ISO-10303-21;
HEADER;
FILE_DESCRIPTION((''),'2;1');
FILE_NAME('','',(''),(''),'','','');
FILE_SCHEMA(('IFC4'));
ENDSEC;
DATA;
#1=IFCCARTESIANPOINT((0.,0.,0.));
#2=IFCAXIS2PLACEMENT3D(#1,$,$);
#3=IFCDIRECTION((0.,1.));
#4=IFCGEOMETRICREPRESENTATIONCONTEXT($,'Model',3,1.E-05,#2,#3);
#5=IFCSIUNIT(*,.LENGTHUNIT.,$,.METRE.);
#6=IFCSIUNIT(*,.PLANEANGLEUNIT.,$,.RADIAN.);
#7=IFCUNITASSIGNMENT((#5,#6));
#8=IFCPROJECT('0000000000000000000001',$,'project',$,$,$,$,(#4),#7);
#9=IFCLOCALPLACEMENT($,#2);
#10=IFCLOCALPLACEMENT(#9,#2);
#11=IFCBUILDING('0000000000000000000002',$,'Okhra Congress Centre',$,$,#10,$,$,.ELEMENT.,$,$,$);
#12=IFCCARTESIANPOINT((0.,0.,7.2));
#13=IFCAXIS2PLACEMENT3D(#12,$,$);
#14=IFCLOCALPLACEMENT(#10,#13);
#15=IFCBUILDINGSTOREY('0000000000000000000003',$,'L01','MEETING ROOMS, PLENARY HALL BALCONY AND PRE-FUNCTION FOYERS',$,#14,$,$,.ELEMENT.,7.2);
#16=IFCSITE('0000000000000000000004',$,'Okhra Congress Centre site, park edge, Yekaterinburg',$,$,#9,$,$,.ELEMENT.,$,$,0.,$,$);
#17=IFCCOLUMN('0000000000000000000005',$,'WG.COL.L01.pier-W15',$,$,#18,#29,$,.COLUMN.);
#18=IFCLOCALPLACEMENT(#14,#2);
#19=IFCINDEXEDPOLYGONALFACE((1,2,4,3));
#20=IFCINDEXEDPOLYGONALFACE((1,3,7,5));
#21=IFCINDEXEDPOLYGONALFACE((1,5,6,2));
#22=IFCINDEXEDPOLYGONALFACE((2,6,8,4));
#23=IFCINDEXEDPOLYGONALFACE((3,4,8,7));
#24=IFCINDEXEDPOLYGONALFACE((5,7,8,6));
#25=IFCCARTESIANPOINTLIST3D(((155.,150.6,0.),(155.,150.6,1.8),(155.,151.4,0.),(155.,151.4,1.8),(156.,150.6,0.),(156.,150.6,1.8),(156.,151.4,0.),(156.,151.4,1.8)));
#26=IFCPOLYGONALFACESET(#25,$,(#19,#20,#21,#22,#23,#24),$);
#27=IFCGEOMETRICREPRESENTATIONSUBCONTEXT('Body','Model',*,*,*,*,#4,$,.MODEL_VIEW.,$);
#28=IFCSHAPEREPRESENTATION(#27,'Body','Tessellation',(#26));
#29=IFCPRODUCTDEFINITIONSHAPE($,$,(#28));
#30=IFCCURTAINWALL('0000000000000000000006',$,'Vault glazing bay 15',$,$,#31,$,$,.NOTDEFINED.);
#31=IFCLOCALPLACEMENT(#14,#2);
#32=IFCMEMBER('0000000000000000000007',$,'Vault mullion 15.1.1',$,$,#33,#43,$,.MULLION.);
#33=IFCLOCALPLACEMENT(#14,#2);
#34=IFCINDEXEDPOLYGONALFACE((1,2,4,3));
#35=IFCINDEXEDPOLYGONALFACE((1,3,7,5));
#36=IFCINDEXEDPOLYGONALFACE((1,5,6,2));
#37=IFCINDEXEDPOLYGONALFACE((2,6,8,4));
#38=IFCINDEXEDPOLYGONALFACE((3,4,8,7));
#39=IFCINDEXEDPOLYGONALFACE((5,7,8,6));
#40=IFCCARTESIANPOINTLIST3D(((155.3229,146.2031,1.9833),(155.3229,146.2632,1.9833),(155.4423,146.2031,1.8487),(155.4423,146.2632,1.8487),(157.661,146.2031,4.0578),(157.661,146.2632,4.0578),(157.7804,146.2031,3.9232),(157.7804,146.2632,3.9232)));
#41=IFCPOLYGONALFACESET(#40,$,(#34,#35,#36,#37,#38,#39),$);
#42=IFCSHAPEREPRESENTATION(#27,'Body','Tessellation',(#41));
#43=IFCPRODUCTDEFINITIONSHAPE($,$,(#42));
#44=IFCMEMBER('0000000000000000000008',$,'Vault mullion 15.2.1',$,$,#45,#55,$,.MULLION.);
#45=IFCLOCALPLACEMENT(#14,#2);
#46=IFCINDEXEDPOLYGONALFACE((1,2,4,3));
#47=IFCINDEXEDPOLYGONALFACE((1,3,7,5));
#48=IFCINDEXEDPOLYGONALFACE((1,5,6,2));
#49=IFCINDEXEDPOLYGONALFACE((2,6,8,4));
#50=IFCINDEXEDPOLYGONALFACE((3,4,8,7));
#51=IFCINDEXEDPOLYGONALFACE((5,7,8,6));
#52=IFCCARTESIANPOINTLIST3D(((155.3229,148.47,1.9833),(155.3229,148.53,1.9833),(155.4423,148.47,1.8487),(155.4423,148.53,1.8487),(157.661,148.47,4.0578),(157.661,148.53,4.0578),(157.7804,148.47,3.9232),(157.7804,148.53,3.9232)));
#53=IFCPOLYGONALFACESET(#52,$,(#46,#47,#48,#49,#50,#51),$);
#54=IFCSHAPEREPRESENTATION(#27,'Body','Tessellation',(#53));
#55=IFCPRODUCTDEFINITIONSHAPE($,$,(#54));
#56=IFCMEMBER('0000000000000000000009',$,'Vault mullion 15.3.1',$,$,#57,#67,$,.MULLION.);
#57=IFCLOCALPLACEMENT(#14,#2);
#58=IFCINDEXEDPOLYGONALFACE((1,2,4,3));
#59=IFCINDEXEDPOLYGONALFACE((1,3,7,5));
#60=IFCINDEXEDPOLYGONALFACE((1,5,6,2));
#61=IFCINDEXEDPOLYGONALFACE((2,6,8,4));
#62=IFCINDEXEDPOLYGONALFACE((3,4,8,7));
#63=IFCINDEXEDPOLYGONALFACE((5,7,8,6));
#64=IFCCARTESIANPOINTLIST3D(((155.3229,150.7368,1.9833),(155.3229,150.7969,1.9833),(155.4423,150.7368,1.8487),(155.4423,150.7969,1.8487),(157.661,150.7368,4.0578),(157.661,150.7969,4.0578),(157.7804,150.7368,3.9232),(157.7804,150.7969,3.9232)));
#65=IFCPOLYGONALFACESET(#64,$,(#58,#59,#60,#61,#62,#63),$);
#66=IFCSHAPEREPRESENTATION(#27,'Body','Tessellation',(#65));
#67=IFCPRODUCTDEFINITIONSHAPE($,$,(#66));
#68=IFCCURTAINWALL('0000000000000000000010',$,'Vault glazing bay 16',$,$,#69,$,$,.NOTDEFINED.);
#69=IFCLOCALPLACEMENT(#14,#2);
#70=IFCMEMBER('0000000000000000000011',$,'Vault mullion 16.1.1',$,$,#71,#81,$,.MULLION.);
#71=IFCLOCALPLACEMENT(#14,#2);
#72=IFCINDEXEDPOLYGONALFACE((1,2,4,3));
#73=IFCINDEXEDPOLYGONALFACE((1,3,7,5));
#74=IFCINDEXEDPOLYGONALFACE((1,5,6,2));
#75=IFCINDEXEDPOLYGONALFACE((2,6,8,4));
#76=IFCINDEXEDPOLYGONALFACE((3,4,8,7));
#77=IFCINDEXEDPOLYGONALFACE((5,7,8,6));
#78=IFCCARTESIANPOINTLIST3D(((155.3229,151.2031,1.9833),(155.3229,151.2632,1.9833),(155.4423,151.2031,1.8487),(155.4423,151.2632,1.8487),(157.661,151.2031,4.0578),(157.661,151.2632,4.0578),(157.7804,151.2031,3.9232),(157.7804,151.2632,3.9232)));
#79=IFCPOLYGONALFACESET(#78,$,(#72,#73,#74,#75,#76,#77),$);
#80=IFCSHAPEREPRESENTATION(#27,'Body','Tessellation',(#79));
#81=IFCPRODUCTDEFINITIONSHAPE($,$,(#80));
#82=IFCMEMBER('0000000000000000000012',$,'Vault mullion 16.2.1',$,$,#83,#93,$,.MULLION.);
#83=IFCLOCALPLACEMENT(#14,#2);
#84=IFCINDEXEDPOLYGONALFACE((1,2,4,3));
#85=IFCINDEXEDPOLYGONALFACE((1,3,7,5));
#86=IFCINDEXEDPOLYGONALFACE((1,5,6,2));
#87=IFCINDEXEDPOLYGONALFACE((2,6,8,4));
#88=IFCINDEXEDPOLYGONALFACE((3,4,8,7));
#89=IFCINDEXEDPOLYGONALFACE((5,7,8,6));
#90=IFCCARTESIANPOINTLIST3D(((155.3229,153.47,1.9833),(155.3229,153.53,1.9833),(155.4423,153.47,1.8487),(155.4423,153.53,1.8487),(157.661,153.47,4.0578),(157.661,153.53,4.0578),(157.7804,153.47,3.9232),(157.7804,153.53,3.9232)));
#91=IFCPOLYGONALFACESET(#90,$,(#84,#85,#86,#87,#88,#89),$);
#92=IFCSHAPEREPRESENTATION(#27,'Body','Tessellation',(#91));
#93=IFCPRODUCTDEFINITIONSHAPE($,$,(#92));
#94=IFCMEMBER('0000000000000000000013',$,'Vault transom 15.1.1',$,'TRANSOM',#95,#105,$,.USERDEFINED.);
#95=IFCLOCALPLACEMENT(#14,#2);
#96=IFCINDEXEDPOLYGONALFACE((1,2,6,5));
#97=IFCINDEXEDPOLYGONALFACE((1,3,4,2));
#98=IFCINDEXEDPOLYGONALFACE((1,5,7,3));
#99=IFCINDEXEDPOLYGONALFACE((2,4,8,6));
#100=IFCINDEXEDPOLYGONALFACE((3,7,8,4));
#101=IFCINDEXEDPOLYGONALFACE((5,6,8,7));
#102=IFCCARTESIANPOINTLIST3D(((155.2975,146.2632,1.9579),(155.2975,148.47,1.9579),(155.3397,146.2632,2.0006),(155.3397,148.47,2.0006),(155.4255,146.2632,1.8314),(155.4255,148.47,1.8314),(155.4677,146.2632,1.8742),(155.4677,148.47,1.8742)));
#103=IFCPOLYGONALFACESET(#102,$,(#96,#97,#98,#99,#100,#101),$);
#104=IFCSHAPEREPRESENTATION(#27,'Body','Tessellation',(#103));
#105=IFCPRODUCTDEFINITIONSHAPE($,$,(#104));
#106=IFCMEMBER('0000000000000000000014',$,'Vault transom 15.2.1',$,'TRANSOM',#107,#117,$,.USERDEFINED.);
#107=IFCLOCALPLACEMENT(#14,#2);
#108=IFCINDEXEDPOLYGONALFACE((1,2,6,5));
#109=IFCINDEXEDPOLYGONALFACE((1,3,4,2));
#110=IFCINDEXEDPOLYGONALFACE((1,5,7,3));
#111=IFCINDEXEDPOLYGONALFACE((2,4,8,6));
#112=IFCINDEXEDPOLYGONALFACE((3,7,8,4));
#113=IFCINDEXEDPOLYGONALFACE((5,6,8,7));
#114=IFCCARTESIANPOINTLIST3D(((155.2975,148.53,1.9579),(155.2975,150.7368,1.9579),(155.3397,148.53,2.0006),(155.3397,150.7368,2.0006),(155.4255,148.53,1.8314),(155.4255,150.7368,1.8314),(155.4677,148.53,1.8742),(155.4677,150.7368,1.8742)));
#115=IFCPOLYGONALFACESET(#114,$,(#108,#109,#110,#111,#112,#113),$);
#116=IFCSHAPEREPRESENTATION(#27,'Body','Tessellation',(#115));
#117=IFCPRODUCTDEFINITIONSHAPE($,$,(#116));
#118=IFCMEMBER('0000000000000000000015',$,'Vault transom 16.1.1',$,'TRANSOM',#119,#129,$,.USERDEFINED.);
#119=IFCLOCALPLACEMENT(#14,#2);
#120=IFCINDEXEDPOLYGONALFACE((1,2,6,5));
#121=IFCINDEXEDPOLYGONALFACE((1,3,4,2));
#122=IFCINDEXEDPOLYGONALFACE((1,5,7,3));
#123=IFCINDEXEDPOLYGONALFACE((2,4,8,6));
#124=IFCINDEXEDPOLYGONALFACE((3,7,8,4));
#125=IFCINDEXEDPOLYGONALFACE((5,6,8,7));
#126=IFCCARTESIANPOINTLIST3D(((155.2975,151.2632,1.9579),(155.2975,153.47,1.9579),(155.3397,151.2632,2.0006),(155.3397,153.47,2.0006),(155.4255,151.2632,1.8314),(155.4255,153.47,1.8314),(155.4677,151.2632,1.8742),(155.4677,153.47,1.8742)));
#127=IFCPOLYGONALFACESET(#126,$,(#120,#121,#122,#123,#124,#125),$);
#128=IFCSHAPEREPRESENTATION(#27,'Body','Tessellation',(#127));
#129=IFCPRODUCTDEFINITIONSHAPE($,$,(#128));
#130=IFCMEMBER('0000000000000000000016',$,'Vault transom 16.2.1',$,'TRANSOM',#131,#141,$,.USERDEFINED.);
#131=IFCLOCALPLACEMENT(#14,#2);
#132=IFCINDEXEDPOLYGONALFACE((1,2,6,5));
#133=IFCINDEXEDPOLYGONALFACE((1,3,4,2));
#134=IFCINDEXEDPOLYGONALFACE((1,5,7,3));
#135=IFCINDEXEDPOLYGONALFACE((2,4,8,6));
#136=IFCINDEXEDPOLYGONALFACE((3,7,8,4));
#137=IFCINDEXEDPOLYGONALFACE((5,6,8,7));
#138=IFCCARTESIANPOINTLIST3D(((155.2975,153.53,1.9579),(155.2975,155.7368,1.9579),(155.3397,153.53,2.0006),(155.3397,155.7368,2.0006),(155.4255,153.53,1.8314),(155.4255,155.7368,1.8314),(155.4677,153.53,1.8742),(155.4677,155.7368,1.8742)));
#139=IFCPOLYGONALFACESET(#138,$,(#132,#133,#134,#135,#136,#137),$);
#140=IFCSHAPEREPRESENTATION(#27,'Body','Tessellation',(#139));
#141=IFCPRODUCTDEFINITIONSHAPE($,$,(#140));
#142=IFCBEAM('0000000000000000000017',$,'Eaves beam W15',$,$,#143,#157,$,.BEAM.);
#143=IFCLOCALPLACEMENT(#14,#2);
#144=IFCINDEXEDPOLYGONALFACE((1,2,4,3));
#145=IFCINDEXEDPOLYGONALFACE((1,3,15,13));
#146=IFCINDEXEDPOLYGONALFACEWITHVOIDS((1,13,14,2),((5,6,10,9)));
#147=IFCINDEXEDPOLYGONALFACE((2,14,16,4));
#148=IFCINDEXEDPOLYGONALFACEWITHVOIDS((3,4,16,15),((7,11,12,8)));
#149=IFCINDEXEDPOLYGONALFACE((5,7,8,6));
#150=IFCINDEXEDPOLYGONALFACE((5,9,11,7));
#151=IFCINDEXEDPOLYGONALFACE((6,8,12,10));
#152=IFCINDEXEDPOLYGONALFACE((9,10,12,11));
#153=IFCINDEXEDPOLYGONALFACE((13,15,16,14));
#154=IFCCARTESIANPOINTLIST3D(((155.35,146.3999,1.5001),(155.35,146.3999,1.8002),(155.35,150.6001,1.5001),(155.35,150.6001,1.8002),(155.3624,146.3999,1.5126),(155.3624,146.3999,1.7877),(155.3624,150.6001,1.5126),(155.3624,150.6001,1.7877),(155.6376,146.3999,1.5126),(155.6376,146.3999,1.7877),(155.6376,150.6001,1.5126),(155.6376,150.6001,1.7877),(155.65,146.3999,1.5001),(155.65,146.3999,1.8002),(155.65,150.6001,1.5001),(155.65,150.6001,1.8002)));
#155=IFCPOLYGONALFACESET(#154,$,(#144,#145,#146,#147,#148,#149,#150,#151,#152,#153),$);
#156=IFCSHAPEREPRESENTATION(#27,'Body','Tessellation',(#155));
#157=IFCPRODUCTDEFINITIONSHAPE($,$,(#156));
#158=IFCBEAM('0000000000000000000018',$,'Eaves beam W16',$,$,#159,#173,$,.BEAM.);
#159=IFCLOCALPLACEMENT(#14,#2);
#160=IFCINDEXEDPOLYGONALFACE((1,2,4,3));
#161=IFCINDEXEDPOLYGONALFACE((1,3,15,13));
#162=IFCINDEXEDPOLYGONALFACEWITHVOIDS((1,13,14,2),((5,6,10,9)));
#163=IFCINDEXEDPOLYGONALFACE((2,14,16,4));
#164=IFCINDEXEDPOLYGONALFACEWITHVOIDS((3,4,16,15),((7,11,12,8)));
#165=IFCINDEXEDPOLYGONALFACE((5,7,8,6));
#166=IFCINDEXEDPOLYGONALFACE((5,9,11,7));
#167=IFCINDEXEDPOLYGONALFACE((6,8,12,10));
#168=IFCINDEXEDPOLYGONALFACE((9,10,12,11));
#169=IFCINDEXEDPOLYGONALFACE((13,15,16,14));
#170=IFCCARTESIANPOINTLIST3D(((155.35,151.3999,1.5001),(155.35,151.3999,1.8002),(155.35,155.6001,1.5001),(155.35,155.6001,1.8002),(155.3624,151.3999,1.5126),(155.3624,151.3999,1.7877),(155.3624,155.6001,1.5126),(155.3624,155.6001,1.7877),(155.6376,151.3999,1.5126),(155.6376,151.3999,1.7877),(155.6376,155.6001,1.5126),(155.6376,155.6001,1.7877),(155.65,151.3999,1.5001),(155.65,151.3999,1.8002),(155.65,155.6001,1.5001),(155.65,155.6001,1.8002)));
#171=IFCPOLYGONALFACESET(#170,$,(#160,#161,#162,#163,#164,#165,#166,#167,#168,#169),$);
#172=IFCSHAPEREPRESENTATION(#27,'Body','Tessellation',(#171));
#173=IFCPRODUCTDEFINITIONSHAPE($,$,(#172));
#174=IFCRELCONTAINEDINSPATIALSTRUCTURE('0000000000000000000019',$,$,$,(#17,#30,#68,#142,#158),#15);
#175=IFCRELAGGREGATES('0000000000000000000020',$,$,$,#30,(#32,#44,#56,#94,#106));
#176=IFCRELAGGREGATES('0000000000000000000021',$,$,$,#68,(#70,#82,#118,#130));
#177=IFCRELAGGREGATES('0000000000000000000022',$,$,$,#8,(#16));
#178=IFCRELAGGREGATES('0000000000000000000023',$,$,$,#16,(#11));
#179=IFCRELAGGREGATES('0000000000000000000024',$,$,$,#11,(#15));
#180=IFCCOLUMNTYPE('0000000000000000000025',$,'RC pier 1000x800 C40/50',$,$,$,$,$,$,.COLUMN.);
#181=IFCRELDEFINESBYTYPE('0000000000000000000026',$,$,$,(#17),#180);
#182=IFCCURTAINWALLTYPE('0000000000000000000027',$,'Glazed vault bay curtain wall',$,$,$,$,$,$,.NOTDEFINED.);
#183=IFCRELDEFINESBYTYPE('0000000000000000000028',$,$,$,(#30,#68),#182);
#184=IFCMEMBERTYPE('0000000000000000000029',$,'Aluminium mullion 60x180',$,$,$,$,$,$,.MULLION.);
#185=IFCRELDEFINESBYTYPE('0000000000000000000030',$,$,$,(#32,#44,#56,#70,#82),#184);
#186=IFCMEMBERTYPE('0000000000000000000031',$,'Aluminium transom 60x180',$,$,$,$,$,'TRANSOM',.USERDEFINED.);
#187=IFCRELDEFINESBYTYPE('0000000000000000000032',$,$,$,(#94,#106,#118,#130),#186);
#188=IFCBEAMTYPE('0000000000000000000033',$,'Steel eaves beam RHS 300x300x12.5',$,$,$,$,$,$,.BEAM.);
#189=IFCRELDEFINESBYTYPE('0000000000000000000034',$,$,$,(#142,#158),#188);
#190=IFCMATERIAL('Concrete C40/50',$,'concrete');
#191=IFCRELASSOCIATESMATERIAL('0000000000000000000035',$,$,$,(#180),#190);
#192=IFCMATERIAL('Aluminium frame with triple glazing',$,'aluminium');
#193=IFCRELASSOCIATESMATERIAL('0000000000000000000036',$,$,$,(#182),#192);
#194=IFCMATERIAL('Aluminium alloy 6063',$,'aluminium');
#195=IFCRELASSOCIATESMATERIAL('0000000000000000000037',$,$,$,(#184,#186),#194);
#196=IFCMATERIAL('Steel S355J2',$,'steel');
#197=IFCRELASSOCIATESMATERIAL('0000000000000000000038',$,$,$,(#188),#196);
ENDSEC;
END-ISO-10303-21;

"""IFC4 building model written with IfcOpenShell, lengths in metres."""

from ifc_helpers import new_model, si_unit, direction, frame, origin, origin_2d, place, context, subcontext, project, spatial, rectangle, hollow_rectangle, extrude, material, material_profile, profile_set, type_object, element, aggregate, save


model = new_model("IFC4")

# Units and contexts
model_context = context("Model", 3, precision=1e-05, world=origin(), true_north=direction((0.0, 1.0)))
body_context = subcontext(model_context, "Body", "Model", "MODEL_VIEW")
ifc_project = project(units=[si_unit("LENGTHUNIT", "METRE"), si_unit("PLANEANGLEUNIT", "RADIAN")], contexts=[model_context])

# Site, building, storey
site_placement = place(None, origin())
site = spatial("IfcSite", under=ifc_project, at=site_placement, Name="Okhra Congress Centre site, park edge, Yekaterinburg", CompositionType="ELEMENT", RefElevation=0.0)
building_placement = place(site_placement, origin())
building = spatial("IfcBuilding", under=site, at=building_placement, Name="Okhra Congress Centre", CompositionType="ELEMENT")
storey_placement = place(building_placement, frame((0.0, 0.0, 7.2)))
storey = spatial("IfcBuildingStorey", under=building, at=storey_placement, Name="L01", Description="MEETING ROOMS, PLENARY HALL BALCONY AND PRE-FUNCTION FOYERS", CompositionType="ELEMENT", Elevation=7.2)

# Column
ifc_material_1 = material(Name="Concrete C40/50", Category="concrete")
ifc_material_profile_1 = material_profile(ifc_material_1, rectangle(XDim=1.0, YDim=0.8, at=origin_2d()), Name="RC 1000x800")
ifc_profile_set_1 = profile_set([ifc_material_profile_1], Name="Concrete C40/50")
column_type = type_object("IfcColumnType", Name="RC pier 1000x800 C40/50", PredefinedType="COLUMN", material=ifc_profile_set_1)
column_placement = place(storey_placement, frame((155.5, 151.0, 0.0), z_axis=(0.0, 0.0, 1.0), x_axis=(1.0, 0.0, 0.0)))
element("IfcColumn", 1, at=column_placement, inside=storey, type_object=column_type, Name="WG.COL.L01.pier-W15", PredefinedType="COLUMN", context=body_context, shape_type="SweptSolid", body=[
    extrude(rectangle(XDim=1.0, YDim=0.8, at=origin_2d()), origin(), (0.0, 0.0, 1.0), 1.8),
])

# Curtain walls, members
ifc_material_2 = material(Name="Aluminium frame with triple glazing", Category="aluminium")
curtain_wall_type = type_object("IfcCurtainWallType", Name="Glazed vault bay curtain wall", PredefinedType="NOTDEFINED", material=ifc_material_2)
curtain_wall_1_placement = place(storey_placement, origin())
curtain_wall_1 = element("IfcCurtainWall", 2, at=curtain_wall_1_placement, inside=storey, type_object=curtain_wall_type, Name="Vault glazing bay 15", PredefinedType="NOTDEFINED")
ifc_material_3 = material(Name="Aluminium alloy 6063", Category="aluminium")
ifc_material_profile_2 = material_profile(ifc_material_3, rectangle(XDim=0.0601, YDim=0.1799, at=origin_2d()), Name="AL 60x180")
ifc_profile_set_2 = profile_set([ifc_material_profile_2], Name="Aluminium alloy 6063")
member_type_1 = type_object("IfcMemberType", Name="Aluminium mullion 60x180", PredefinedType="MULLION", material=ifc_profile_set_2)
member_1_placement = place(storey_placement, frame((155.3826, 146.2332, 1.916), z_axis=(0.748025, 0.0, 0.66367), x_axis=(0.0, 1.0, 0.0)))
member_1 = element("IfcMember", 3, at=member_1_placement, type_object=member_type_1, Name="Vault mullion 15.1.1", PredefinedType="MULLION", context=body_context, shape_type="SweptSolid", body=[
    extrude(rectangle(XDim=0.0601, YDim=0.1799, at=origin_2d()), origin(), (0.0, 0.0, 1.0), 3.1257),
])
member_2_placement = place(storey_placement, frame((155.3826, 148.5, 1.916), z_axis=(0.748025, 0.0, 0.66367), x_axis=(0.0, 1.0, 0.0)))
member_2 = element("IfcMember", 4, at=member_2_placement, type_object=member_type_1, Name="Vault mullion 15.2.1", PredefinedType="MULLION", context=body_context, shape_type="SweptSolid", body=[
    extrude(rectangle(XDim=0.0601, YDim=0.1799, at=origin_2d()), origin(), (0.0, 0.0, 1.0), 3.1257),
])
member_3_placement = place(storey_placement, frame((155.3826, 150.7668, 1.916), z_axis=(0.748025, 0.0, 0.66367), x_axis=(0.0, 1.0, 0.0)))
member_3 = element("IfcMember", 5, at=member_3_placement, type_object=member_type_1, Name="Vault mullion 15.3.1", PredefinedType="MULLION", context=body_context, shape_type="SweptSolid", body=[
    extrude(rectangle(XDim=0.0601, YDim=0.1799, at=origin_2d()), origin(), (0.0, 0.0, 1.0), 3.1257),
])
curtain_wall_2_placement = place(storey_placement, origin())
curtain_wall_2 = element("IfcCurtainWall", 6, at=curtain_wall_2_placement, inside=storey, type_object=curtain_wall_type, Name="Vault glazing bay 16", PredefinedType="NOTDEFINED")
member_4_placement = place(storey_placement, frame((155.3826, 151.2332, 1.916), z_axis=(0.748025, 0.0, 0.66367), x_axis=(0.0, 1.0, 0.0)))
member_4 = element("IfcMember", 7, at=member_4_placement, type_object=member_type_1, Name="Vault mullion 16.1.1", PredefinedType="MULLION", context=body_context, shape_type="SweptSolid", body=[
    extrude(rectangle(XDim=0.0601, YDim=0.1799, at=origin_2d()), origin(), (0.0, 0.0, 1.0), 3.1257),
])
member_5_placement = place(storey_placement, frame((155.3826, 153.5, 1.916), z_axis=(0.748025, 0.0, 0.66367), x_axis=(0.0, 1.0, 0.0)))
member_5 = element("IfcMember", 8, at=member_5_placement, type_object=member_type_1, Name="Vault mullion 16.2.1", PredefinedType="MULLION", context=body_context, shape_type="SweptSolid", body=[
    extrude(rectangle(XDim=0.0601, YDim=0.1799, at=origin_2d()), origin(), (0.0, 0.0, 1.0), 3.1257),
])

# Members
ifc_material_profile_3 = material_profile(ifc_material_3, rectangle(XDim=0.0601, YDim=0.1799, at=origin_2d()), Name="AL 60x180 transom")
ifc_profile_set_3 = profile_set([ifc_material_profile_3], Name="Aluminium alloy 6063")
member_type_2 = type_object("IfcMemberType", Name="Aluminium transom 60x180", ElementType="TRANSOM", PredefinedType="USERDEFINED", material=ifc_profile_set_3)
member_6_placement = place(storey_placement, frame((155.3826, 146.2632, 1.916), z_axis=(0.0, 1.0, 0.0), x_axis=(-0.702636, 0.0, -0.711549)))
member_6 = element("IfcMember", 9, at=member_6_placement, type_object=member_type_2, Name="Vault transom 15.1.1", ObjectType="TRANSOM", PredefinedType="USERDEFINED", context=body_context, shape_type="SweptSolid", body=[
    extrude(rectangle(XDim=0.0601, YDim=0.1799, at=origin_2d()), origin(), (0.0, 0.0, 1.0), 2.2068),
])
member_7_placement = place(storey_placement, frame((155.3826, 148.53, 1.916), z_axis=(0.0, 1.0, 0.0), x_axis=(-0.702636, 0.0, -0.711549)))
member_7 = element("IfcMember", 10, at=member_7_placement, type_object=member_type_2, Name="Vault transom 15.2.1", ObjectType="TRANSOM", PredefinedType="USERDEFINED", context=body_context, shape_type="SweptSolid", body=[
    extrude(rectangle(XDim=0.0601, YDim=0.1799, at=origin_2d()), origin(), (0.0, 0.0, 1.0), 2.2068),
])
member_8_placement = place(storey_placement, frame((155.3826, 151.2632, 1.916), z_axis=(0.0, 1.0, 0.0), x_axis=(-0.702636, 0.0, -0.711549)))
member_8 = element("IfcMember", 11, at=member_8_placement, type_object=member_type_2, Name="Vault transom 16.1.1", ObjectType="TRANSOM", PredefinedType="USERDEFINED", context=body_context, shape_type="SweptSolid", body=[
    extrude(rectangle(XDim=0.0601, YDim=0.1799, at=origin_2d()), origin(), (0.0, 0.0, 1.0), 2.2068),
])
member_9_placement = place(storey_placement, frame((155.3826, 153.53, 1.916), z_axis=(0.0, 1.0, 0.0), x_axis=(-0.702636, 0.0, -0.711549)))
member_9 = element("IfcMember", 12, at=member_9_placement, type_object=member_type_2, Name="Vault transom 16.2.1", ObjectType="TRANSOM", PredefinedType="USERDEFINED", context=body_context, shape_type="SweptSolid", body=[
    extrude(rectangle(XDim=0.0601, YDim=0.1799, at=origin_2d()), origin(), (0.0, 0.0, 1.0), 2.2068),
])

# Beams
ifc_material_4 = material(Name="Steel S355J2", Category="steel")
ifc_material_profile_4 = material_profile(ifc_material_4, hollow_rectangle(XDim=0.3, YDim=0.3, WallThickness=0.0125, at=origin_2d()), Name="RHS 300x300x12.5")
ifc_profile_set_4 = profile_set([ifc_material_profile_4], Name="Steel S355J2")
beam_type = type_object("IfcBeamType", Name="Steel eaves beam RHS 300x300x12.5", PredefinedType="BEAM", material=ifc_profile_set_4)
for number, where, z_axis, x_axis, name in (
    (13, (155.5, 146.3999, 1.6501), (0.0, 1.0, 0.0), (-1.0, 0.0, 0.0), "Eaves beam W15"),
    (14, (155.5, 151.3999, 1.6501), (0.0, 1.0, 0.0), (-1.0, 0.0, 0.0), "Eaves beam W16"),
):
    element("IfcBeam", number, at=place(storey_placement, frame(where, z_axis=z_axis, x_axis=x_axis)), inside=storey, type_object=beam_type, Name=name, PredefinedType="BEAM", context=body_context, shape_type="SweptSolid", body=[
        extrude(hollow_rectangle(XDim=0.3, YDim=0.3, WallThickness=0.0125, at=origin_2d()), origin(), (0.0, 0.0, 1.0), 4.2002),
    ])

aggregate(curtain_wall_1, [member_1, member_2, member_3, member_6, member_7])
aggregate(curtain_wall_2, [member_4, member_5, member_8, member_9])

save(model, "model.ifc")
